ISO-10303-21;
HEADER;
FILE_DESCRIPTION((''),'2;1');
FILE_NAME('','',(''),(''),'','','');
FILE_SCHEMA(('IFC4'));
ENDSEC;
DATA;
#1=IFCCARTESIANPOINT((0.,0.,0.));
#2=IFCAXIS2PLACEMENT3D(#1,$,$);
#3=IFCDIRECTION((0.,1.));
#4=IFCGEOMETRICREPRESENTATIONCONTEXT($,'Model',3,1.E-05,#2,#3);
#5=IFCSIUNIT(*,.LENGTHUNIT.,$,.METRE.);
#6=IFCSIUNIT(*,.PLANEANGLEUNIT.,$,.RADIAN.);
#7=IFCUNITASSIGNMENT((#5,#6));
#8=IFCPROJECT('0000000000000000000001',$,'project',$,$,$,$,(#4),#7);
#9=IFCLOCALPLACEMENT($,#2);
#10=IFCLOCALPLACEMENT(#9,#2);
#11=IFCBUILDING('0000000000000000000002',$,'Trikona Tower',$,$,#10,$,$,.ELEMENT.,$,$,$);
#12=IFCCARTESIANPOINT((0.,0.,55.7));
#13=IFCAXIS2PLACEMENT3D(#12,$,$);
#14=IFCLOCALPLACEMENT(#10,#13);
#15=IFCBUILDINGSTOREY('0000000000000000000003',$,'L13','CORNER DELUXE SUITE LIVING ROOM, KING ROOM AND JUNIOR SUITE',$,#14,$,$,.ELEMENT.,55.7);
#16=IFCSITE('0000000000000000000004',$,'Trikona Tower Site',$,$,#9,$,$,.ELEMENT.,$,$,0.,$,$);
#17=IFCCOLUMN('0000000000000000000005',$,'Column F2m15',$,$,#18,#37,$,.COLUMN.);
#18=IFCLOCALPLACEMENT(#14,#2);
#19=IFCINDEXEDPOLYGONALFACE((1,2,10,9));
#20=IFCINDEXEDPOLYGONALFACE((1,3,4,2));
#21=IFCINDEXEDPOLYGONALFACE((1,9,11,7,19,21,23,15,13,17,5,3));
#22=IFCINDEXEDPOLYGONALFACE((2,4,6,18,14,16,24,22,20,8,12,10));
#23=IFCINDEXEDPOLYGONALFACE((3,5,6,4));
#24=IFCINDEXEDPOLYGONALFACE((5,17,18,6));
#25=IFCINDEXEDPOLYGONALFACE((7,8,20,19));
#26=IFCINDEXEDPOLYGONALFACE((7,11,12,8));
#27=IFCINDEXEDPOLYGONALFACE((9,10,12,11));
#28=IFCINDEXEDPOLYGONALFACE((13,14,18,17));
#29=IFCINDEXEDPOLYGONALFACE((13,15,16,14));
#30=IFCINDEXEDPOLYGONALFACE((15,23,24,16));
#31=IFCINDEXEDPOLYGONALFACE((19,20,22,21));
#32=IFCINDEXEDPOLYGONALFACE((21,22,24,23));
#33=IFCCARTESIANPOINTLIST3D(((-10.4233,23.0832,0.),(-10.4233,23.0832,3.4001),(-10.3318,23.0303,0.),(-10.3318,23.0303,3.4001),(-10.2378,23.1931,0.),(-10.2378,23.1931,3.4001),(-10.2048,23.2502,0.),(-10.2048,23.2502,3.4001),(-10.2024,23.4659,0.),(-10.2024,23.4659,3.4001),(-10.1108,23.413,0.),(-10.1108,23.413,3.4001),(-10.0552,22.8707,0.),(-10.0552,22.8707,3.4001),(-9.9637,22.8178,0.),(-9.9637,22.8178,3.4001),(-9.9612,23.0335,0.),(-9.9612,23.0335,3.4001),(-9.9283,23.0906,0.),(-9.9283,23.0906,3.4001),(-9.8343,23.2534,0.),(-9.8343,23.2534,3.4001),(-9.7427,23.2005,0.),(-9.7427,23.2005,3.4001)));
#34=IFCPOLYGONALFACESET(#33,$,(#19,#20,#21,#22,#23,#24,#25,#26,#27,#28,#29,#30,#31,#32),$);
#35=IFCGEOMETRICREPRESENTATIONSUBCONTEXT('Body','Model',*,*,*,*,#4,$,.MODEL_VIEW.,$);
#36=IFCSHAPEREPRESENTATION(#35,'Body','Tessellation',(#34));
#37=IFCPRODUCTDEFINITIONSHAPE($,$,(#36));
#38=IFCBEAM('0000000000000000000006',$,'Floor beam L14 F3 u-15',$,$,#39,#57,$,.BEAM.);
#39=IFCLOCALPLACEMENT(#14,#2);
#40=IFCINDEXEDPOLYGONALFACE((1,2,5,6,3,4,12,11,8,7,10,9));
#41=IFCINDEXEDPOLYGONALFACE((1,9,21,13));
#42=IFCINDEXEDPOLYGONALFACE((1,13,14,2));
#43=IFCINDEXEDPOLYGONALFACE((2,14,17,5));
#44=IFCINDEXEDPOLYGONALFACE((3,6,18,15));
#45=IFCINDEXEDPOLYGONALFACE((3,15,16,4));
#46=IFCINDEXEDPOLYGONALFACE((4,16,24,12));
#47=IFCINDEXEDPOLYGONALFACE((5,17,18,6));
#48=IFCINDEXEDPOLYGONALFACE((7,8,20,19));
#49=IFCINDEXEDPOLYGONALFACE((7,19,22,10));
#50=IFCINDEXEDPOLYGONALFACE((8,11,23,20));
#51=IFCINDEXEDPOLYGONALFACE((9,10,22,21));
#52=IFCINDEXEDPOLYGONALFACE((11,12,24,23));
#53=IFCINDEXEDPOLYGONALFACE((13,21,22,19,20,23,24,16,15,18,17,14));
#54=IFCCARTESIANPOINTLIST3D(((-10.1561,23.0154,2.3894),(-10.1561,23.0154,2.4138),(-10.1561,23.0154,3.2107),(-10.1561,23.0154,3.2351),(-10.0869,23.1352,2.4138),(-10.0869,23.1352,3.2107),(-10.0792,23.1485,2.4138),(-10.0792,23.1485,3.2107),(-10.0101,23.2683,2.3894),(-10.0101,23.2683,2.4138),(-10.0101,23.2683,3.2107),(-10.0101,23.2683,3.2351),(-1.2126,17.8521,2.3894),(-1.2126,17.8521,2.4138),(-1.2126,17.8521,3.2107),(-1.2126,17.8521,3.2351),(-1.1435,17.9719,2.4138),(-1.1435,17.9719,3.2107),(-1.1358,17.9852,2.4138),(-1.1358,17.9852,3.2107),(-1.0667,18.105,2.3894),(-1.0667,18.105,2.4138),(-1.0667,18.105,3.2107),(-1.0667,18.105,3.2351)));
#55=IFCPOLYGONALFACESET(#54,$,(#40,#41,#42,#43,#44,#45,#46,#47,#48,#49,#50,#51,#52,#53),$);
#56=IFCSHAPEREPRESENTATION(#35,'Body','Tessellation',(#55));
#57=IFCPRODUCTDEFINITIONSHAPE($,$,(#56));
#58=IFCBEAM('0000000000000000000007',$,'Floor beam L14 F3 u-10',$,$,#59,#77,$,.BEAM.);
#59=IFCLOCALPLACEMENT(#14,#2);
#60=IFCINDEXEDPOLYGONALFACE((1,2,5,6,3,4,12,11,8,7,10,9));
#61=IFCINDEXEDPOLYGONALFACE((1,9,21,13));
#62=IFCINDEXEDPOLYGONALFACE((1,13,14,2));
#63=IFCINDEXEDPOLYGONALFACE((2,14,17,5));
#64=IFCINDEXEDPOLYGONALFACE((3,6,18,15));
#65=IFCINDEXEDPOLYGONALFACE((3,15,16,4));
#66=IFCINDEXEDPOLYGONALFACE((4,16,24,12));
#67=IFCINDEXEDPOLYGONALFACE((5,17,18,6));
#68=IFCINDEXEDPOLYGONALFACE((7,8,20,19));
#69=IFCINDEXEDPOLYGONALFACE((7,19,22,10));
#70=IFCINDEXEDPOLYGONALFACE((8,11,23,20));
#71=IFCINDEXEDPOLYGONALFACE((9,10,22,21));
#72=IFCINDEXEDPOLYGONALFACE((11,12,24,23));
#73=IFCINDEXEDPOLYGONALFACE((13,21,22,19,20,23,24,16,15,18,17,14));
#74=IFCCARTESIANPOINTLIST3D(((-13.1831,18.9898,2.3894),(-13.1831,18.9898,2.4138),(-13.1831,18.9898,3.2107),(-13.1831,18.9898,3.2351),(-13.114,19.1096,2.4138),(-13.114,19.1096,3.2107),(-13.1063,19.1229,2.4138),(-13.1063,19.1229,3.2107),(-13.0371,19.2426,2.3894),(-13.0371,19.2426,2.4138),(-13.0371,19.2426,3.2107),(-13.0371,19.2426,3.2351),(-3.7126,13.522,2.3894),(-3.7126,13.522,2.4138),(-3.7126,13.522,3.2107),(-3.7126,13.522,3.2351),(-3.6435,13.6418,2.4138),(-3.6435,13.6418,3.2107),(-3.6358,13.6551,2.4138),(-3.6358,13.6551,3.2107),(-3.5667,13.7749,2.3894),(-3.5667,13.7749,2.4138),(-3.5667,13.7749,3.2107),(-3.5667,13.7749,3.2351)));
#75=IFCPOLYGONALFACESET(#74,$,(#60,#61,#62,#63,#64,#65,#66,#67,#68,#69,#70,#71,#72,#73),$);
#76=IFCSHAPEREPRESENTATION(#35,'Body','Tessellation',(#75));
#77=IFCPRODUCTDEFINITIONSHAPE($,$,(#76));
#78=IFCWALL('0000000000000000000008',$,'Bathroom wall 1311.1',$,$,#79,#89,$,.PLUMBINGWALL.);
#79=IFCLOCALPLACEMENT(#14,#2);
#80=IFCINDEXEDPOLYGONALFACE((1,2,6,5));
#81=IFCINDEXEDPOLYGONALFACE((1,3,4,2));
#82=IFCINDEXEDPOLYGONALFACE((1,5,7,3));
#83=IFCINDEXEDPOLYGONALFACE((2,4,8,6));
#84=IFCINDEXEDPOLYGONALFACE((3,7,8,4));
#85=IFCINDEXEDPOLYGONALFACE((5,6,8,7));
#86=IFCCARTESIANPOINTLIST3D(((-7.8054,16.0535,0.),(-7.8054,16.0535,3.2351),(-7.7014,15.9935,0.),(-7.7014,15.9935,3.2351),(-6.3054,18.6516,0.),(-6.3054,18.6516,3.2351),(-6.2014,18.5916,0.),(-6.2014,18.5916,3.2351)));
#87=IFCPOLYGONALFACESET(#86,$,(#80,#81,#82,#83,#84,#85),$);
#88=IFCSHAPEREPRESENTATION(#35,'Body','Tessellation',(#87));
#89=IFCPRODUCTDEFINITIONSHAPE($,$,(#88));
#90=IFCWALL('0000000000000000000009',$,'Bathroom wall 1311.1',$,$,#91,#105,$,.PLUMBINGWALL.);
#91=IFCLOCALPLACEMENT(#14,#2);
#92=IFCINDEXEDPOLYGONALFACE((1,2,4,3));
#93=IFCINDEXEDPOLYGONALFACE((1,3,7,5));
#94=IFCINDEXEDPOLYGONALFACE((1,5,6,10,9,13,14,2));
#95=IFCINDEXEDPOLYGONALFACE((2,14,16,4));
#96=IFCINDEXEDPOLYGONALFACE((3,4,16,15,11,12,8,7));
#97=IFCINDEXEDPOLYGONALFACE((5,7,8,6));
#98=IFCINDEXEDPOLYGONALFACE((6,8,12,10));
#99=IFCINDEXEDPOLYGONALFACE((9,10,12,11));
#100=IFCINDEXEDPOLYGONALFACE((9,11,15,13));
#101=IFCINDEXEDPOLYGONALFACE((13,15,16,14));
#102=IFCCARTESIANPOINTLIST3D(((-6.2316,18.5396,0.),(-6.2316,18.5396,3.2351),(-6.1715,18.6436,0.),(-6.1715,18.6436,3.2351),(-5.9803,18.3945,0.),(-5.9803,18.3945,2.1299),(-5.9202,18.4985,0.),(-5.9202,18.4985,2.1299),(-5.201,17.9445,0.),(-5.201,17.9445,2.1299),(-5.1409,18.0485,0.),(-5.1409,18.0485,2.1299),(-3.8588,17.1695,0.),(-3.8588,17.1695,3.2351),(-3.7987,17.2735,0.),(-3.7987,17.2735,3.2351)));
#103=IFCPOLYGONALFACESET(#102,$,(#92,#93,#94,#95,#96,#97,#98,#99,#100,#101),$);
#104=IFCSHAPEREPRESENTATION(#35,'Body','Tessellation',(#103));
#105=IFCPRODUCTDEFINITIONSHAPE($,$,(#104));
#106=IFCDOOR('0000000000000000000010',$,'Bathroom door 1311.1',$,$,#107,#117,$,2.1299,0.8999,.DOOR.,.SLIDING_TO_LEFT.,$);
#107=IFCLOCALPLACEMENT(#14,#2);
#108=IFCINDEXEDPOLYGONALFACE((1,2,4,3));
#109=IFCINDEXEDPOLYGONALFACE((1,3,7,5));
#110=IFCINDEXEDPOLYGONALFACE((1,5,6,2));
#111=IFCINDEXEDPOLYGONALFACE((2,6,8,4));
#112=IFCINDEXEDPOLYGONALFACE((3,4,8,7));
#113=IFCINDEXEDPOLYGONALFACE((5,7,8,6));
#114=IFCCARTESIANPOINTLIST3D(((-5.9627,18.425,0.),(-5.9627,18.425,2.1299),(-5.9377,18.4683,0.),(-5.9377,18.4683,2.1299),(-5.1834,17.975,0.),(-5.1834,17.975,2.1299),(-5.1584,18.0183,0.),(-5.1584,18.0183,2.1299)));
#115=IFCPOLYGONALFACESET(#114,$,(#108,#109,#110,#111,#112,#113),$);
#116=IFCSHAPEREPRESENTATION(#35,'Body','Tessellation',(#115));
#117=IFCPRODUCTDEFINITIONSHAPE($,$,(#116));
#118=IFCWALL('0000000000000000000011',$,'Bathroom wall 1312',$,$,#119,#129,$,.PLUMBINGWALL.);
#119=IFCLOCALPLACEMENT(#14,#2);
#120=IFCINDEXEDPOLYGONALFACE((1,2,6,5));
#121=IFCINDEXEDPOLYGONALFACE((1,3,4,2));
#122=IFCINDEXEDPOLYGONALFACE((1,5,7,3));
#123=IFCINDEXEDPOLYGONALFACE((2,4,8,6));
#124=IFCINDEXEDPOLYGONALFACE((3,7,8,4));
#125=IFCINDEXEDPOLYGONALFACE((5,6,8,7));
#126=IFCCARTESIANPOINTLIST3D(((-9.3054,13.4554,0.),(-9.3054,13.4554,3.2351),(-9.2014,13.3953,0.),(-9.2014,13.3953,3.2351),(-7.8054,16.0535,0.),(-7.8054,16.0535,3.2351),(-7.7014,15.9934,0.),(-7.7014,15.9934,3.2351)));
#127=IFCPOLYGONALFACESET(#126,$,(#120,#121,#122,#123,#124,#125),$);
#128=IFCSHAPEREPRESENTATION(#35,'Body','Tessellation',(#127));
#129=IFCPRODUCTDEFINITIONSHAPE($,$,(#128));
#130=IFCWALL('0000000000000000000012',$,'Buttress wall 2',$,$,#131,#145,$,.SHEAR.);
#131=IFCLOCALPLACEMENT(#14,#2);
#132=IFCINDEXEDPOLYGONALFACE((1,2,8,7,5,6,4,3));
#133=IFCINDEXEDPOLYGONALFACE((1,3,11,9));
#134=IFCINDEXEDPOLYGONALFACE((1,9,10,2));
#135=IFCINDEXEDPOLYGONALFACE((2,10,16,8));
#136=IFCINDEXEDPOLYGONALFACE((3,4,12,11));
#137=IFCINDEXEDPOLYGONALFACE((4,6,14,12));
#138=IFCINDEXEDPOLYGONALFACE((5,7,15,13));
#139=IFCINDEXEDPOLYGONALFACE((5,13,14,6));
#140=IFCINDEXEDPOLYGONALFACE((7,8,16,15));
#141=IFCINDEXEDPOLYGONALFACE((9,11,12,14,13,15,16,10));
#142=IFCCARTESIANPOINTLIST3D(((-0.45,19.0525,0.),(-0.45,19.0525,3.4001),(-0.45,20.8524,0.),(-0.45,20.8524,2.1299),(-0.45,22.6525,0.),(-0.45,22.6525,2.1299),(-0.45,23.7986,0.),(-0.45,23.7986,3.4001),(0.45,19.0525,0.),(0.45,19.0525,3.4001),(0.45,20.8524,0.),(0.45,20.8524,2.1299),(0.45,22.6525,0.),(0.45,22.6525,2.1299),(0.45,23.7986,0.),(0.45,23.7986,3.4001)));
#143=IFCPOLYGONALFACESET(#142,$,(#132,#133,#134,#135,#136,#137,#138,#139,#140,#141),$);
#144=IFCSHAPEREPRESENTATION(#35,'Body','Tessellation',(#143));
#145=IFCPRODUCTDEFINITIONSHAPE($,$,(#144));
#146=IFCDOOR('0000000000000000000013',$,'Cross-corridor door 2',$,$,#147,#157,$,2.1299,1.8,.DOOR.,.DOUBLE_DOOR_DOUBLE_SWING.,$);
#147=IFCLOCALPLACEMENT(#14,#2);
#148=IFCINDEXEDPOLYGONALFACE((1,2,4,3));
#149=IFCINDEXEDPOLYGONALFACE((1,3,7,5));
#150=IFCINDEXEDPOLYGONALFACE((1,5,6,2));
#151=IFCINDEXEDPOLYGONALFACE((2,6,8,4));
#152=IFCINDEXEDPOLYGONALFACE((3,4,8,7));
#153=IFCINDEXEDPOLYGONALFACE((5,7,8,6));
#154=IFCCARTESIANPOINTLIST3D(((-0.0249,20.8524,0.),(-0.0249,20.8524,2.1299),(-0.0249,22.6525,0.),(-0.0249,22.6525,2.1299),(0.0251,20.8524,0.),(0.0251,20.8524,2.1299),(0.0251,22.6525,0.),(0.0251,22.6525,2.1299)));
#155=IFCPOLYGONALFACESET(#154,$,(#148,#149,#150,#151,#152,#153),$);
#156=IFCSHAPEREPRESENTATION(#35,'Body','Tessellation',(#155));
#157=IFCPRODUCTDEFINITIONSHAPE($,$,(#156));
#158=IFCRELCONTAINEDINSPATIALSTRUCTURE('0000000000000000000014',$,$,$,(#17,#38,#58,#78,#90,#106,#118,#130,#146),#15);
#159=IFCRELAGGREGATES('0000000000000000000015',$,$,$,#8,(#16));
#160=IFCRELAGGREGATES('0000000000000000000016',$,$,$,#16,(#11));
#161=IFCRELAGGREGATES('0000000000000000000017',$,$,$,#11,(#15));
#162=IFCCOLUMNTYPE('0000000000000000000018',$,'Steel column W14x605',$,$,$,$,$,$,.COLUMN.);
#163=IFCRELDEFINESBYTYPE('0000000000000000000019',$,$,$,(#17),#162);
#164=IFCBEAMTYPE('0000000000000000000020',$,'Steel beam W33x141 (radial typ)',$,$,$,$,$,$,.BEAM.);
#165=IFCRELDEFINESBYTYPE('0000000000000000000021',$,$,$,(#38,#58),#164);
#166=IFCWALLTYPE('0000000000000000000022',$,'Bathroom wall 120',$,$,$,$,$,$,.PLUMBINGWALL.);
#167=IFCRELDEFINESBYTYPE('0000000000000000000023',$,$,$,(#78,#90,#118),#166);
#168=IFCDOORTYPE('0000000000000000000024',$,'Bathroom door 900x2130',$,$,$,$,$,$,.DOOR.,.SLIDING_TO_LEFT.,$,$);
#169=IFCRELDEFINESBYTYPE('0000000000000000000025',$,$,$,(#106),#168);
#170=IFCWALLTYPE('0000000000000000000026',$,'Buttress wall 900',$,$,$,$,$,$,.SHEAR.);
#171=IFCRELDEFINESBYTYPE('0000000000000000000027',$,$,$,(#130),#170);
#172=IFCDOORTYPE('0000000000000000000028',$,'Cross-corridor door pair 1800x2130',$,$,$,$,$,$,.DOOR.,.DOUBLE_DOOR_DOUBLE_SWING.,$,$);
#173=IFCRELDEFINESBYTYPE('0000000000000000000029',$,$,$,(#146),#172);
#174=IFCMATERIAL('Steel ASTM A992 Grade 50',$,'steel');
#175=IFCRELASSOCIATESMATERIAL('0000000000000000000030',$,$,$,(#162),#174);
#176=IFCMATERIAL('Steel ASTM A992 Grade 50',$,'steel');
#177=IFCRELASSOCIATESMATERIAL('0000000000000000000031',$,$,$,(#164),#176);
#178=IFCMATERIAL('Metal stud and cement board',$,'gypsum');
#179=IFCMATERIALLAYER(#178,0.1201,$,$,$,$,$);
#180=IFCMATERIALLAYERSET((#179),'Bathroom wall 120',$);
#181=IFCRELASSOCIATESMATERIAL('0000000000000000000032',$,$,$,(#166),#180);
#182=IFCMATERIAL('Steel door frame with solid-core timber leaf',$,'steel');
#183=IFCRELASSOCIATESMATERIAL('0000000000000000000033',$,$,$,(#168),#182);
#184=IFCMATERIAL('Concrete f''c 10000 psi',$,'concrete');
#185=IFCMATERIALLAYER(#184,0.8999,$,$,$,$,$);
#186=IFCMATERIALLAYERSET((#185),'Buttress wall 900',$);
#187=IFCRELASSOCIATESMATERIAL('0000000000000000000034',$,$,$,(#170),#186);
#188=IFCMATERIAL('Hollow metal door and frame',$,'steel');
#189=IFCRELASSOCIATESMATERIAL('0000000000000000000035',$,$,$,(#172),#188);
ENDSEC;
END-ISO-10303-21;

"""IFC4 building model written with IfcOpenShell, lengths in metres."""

from ifc_helpers import new_model, si_unit, direction, frame, frame_2d, origin, origin_2d, place, context, subcontext, project, spatial, rectangle, i_section, extrude, material, layer, layer_set, material_profile, profile_set, type_object, element, fill, save


model = new_model("IFC4")

# Units and contexts
model_context = context("Model", 3, precision=1e-05, world=origin(), true_north=direction((0.0, 1.0)))
body_context = subcontext(model_context, "Body", "Model", "MODEL_VIEW")
ifc_project = project(units=[si_unit("LENGTHUNIT", "METRE"), si_unit("PLANEANGLEUNIT", "RADIAN")], contexts=[model_context])

# Site, building, storey
site_placement = place(None, origin())
site = spatial("IfcSite", under=ifc_project, at=site_placement, Name="Trikona Tower Site", CompositionType="ELEMENT", RefElevation=0.0)
building_placement = place(site_placement, origin())
building = spatial("IfcBuilding", under=site, at=building_placement, Name="Trikona Tower", CompositionType="ELEMENT")
storey_placement = place(building_placement, frame((0.0, 0.0, 55.7)))
storey = spatial("IfcBuildingStorey", under=building, at=storey_placement, Name="L13", Description="CORNER DELUXE SUITE LIVING ROOM, KING ROOM AND JUNIOR SUITE", CompositionType="ELEMENT", Elevation=55.7)

# Column
ifc_material_1 = material(Name="Steel ASTM A992 Grade 50", Category="steel")
ifc_material_profile_1 = material_profile(ifc_material_1, i_section(OverallWidth=0.4419, OverallDepth=0.5308, WebThickness=0.0659, FlangeThickness=0.1057, at=origin_2d()), Name="W14X605")
ifc_profile_set_1 = profile_set([ifc_material_profile_1], Name="Steel ASTM A992 Grade 50")
column_type = type_object("IfcColumnType", Name="Steel column W14x605", PredefinedType="COLUMN", material=ifc_profile_set_1)
column_placement = place(storey_placement, frame((-10.083, 23.1418, 0.0), z_axis=(0.0, 0.0, 1.0), x_axis=(-0.5, -0.866025, 0.0)))
element("IfcColumn", 1, at=column_placement, inside=storey, type_object=column_type, Name="Column F2m15", PredefinedType="COLUMN", context=body_context, shape_type="SweptSolid", body=[
    extrude(i_section(OverallWidth=0.4419, OverallDepth=0.5308, WebThickness=0.0659, FlangeThickness=0.1057, at=origin_2d()), origin(), (0.0, 0.0, 1.0), 3.4001),
])

# Beams
ifc_material_2 = material(Name="Steel ASTM A992 Grade 50", Category="steel")
ifc_material_profile_2 = material_profile(ifc_material_2, i_section(OverallWidth=0.292, OverallDepth=0.8457, WebThickness=0.0154, FlangeThickness=0.0244, at=origin_2d()), Name="W33X141")
ifc_profile_set_2 = profile_set([ifc_material_profile_2], Name="Steel ASTM A992 Grade 50")
beam_type = type_object("IfcBeamType", Name="Steel beam W33x141 (radial typ)", PredefinedType="BEAM", material=ifc_profile_set_2)
beam_1_placement = place(storey_placement, frame((-1.1396, 17.9785, 2.8123), z_axis=(-0.86603, 0.499991, 0.0), x_axis=(-0.499991, -0.86603, 0.0)))
element("IfcBeam", 2, at=beam_1_placement, inside=storey, type_object=beam_type, Name="Floor beam L14 F3 u-15", PredefinedType="BEAM", context=body_context, shape_type="SweptSolid", body=[
    extrude(i_section(OverallWidth=0.292, OverallDepth=0.8457, WebThickness=0.0154, FlangeThickness=0.0244, at=origin_2d()), origin(), (0.0, 0.0, 1.0), 10.3269),
])
beam_2_placement = place(storey_placement, frame((-3.6396, 13.6484, 2.8123), z_axis=(-0.866025, 0.5, 0.0), x_axis=(-0.5, -0.866025, 0.0)))
element("IfcBeam", 3, at=beam_2_placement, inside=storey, type_object=beam_type, Name="Floor beam L14 F3 u-10", PredefinedType="BEAM", context=body_context, shape_type="SweptSolid", body=[
    extrude(i_section(OverallWidth=0.292, OverallDepth=0.8457, WebThickness=0.0154, FlangeThickness=0.0244, at=origin_2d()), origin(), (0.0, 0.0, 1.0), 10.9355),
])

# Wall
ifc_material_3 = material(Name="Metal stud and cement board", Category="gypsum")
ifc_layer_1 = layer(ifc_material_3, 0.1201)
ifc_layer_set_1 = layer_set([ifc_layer_1], Name="Bathroom wall 120")
wall_type_1 = type_object("IfcWallType", Name="Bathroom wall 120", PredefinedType="PLUMBINGWALL", material=ifc_layer_set_1)
wall_1_placement = place(storey_placement, frame((-6.2534, 18.6216, 0.0), z_axis=(0.0, 0.0, 1.0), x_axis=(-0.49999, -0.866031, 0.0)))
element("IfcWall", 4, at=wall_1_placement, inside=storey, type_object=wall_type_1, Name="Bathroom wall 1311.1", PredefinedType="PLUMBINGWALL", context=body_context, shape_type="SweptSolid", body=[
    extrude(rectangle(XDim=3.0, YDim=0.1201, at=frame_2d((1.5, 0.0))), origin(), (0.0, 0.0, 1.0), 3.2351),
])

# Wall, opening, door
wall_2_placement = place(storey_placement, frame((-3.8286, 17.2214, 0.0), z_axis=(0.0, 0.0, 1.0), x_axis=(-0.865997, 0.500049, 0.0)))
wall_2 = element("IfcWall", 5, at=wall_2_placement, inside=storey, type_object=wall_type_1, Name="Bathroom wall 1311.1", PredefinedType="PLUMBINGWALL", context=body_context, shape_type="SweptSolid", body=[
    extrude(rectangle(XDim=2.74, YDim=0.1201, at=frame_2d((1.3701, 0.0))), origin(), (0.0, 0.0, 1.0), 3.2351),
])
opening_1_placement = place(wall_2_placement, frame((1.55, 0.0, 0.0)))
opening_1 = element("IfcOpeningElement", 6, at=opening_1_placement, cuts=wall_2, PredefinedType="OPENING", context=body_context, shape_type="SweptSolid", body=[
    extrude(rectangle(XDim=0.8999, YDim=2.1299, at=frame_2d((0.45, 1.0649))), frame((0.0, 0.0701, 0.0), z_axis=(0.0, -1.0, 0.0), x_axis=(1.0, 0.0, 0.0)), (0.0, 0.0, 1.0), 0.1401),
])
ifc_material_4 = material(Name="Steel door frame with solid-core timber leaf", Category="steel")
door_type_1 = type_object("IfcDoorType", Name="Bathroom door 900x2130", OperationType="SLIDING_TO_LEFT", PredefinedType="DOOR", material=ifc_material_4)
door_1_placement = place(opening_1_placement, origin())
door_1 = element("IfcDoor", 7, at=door_1_placement, inside=storey, type_object=door_type_1, Name="Bathroom door 1311.1", OperationType="SLIDING_TO_LEFT", OverallHeight=2.1299, OverallWidth=0.8999, PredefinedType="DOOR", context=body_context, shape_type="SweptSolid", body=[
    extrude(rectangle(XDim=0.8999, YDim=2.1299, at=frame_2d((0.45, 1.0649))), frame((0.0, 0.0249, 0.0), z_axis=(0.0, -1.0, 0.0), x_axis=(1.0, 0.0, 0.0)), (0.0, 0.0, 1.0), 0.05),
])
fill(opening_1, door_1)

# Wall
wall_3_placement = place(storey_placement, frame((-7.7534, 16.0234, 0.0), z_axis=(0.0, 0.0, 1.0), x_axis=(-0.49999, -0.866031, 0.0)))
element("IfcWall", 8, at=wall_3_placement, inside=storey, type_object=wall_type_1, Name="Bathroom wall 1312", PredefinedType="PLUMBINGWALL", context=body_context, shape_type="SweptSolid", body=[
    extrude(rectangle(XDim=3.0, YDim=0.1201, at=frame_2d((1.5, 0.0))), origin(), (0.0, 0.0, 1.0), 3.2351),
])

# Wall, opening, door
ifc_material_5 = material(Name="Concrete f'c 10000 psi", Category="concrete")
ifc_layer_2 = layer(ifc_material_5, 0.8999)
ifc_layer_set_2 = layer_set([ifc_layer_2], Name="Buttress wall 900")
wall_type_2 = type_object("IfcWallType", Name="Buttress wall 900", PredefinedType="SHEAR", material=ifc_layer_set_2)
wall_4_placement = place(storey_placement, frame((0.0, 19.0525, 0.0), z_axis=(0.0, 0.0, 1.0), x_axis=(0.0, 1.0, 0.0)))
wall_4 = element("IfcWall", 9, at=wall_4_placement, inside=storey, type_object=wall_type_2, Name="Buttress wall 2", PredefinedType="SHEAR", context=body_context, shape_type="SweptSolid", body=[
    extrude(rectangle(XDim=4.7461, YDim=0.8999, at=frame_2d((2.373, 0.0))), origin(), (0.0, 0.0, 1.0), 3.4001),
])
opening_2_placement = place(wall_4_placement, frame((1.8, 0.0, 0.0)))
opening_2 = element("IfcOpeningElement", 10, at=opening_2_placement, cuts=wall_4, PredefinedType="OPENING", context=body_context, shape_type="SweptSolid", body=[
    extrude(rectangle(XDim=1.8, YDim=2.1299, at=frame_2d((0.8999, 1.0649))), frame((0.0, 0.46, 0.0), z_axis=(0.0, -1.0, 0.0), x_axis=(1.0, 0.0, 0.0)), (0.0, 0.0, 1.0), 0.9199),
])
ifc_material_6 = material(Name="Hollow metal door and frame", Category="steel")
door_type_2 = type_object("IfcDoorType", Name="Cross-corridor door pair 1800x2130", OperationType="DOUBLE_DOOR_DOUBLE_SWING", PredefinedType="DOOR", material=ifc_material_6)
door_2_placement = place(opening_2_placement, origin())
door_2 = element("IfcDoor", 11, at=door_2_placement, inside=storey, type_object=door_type_2, Name="Cross-corridor door 2", OperationType="DOUBLE_DOOR_DOUBLE_SWING", OverallHeight=2.1299, OverallWidth=1.8, PredefinedType="DOOR", context=body_context, shape_type="SweptSolid", body=[
    extrude(rectangle(XDim=1.8, YDim=2.1299, at=frame_2d((0.8999, 1.0649))), frame((0.0, 0.0249, 0.0), z_axis=(0.0, -1.0, 0.0), x_axis=(1.0, 0.0, 0.0)), (0.0, 0.0, 1.0), 0.05),
])
fill(opening_2, door_2)

save(model, "model.ifc")
